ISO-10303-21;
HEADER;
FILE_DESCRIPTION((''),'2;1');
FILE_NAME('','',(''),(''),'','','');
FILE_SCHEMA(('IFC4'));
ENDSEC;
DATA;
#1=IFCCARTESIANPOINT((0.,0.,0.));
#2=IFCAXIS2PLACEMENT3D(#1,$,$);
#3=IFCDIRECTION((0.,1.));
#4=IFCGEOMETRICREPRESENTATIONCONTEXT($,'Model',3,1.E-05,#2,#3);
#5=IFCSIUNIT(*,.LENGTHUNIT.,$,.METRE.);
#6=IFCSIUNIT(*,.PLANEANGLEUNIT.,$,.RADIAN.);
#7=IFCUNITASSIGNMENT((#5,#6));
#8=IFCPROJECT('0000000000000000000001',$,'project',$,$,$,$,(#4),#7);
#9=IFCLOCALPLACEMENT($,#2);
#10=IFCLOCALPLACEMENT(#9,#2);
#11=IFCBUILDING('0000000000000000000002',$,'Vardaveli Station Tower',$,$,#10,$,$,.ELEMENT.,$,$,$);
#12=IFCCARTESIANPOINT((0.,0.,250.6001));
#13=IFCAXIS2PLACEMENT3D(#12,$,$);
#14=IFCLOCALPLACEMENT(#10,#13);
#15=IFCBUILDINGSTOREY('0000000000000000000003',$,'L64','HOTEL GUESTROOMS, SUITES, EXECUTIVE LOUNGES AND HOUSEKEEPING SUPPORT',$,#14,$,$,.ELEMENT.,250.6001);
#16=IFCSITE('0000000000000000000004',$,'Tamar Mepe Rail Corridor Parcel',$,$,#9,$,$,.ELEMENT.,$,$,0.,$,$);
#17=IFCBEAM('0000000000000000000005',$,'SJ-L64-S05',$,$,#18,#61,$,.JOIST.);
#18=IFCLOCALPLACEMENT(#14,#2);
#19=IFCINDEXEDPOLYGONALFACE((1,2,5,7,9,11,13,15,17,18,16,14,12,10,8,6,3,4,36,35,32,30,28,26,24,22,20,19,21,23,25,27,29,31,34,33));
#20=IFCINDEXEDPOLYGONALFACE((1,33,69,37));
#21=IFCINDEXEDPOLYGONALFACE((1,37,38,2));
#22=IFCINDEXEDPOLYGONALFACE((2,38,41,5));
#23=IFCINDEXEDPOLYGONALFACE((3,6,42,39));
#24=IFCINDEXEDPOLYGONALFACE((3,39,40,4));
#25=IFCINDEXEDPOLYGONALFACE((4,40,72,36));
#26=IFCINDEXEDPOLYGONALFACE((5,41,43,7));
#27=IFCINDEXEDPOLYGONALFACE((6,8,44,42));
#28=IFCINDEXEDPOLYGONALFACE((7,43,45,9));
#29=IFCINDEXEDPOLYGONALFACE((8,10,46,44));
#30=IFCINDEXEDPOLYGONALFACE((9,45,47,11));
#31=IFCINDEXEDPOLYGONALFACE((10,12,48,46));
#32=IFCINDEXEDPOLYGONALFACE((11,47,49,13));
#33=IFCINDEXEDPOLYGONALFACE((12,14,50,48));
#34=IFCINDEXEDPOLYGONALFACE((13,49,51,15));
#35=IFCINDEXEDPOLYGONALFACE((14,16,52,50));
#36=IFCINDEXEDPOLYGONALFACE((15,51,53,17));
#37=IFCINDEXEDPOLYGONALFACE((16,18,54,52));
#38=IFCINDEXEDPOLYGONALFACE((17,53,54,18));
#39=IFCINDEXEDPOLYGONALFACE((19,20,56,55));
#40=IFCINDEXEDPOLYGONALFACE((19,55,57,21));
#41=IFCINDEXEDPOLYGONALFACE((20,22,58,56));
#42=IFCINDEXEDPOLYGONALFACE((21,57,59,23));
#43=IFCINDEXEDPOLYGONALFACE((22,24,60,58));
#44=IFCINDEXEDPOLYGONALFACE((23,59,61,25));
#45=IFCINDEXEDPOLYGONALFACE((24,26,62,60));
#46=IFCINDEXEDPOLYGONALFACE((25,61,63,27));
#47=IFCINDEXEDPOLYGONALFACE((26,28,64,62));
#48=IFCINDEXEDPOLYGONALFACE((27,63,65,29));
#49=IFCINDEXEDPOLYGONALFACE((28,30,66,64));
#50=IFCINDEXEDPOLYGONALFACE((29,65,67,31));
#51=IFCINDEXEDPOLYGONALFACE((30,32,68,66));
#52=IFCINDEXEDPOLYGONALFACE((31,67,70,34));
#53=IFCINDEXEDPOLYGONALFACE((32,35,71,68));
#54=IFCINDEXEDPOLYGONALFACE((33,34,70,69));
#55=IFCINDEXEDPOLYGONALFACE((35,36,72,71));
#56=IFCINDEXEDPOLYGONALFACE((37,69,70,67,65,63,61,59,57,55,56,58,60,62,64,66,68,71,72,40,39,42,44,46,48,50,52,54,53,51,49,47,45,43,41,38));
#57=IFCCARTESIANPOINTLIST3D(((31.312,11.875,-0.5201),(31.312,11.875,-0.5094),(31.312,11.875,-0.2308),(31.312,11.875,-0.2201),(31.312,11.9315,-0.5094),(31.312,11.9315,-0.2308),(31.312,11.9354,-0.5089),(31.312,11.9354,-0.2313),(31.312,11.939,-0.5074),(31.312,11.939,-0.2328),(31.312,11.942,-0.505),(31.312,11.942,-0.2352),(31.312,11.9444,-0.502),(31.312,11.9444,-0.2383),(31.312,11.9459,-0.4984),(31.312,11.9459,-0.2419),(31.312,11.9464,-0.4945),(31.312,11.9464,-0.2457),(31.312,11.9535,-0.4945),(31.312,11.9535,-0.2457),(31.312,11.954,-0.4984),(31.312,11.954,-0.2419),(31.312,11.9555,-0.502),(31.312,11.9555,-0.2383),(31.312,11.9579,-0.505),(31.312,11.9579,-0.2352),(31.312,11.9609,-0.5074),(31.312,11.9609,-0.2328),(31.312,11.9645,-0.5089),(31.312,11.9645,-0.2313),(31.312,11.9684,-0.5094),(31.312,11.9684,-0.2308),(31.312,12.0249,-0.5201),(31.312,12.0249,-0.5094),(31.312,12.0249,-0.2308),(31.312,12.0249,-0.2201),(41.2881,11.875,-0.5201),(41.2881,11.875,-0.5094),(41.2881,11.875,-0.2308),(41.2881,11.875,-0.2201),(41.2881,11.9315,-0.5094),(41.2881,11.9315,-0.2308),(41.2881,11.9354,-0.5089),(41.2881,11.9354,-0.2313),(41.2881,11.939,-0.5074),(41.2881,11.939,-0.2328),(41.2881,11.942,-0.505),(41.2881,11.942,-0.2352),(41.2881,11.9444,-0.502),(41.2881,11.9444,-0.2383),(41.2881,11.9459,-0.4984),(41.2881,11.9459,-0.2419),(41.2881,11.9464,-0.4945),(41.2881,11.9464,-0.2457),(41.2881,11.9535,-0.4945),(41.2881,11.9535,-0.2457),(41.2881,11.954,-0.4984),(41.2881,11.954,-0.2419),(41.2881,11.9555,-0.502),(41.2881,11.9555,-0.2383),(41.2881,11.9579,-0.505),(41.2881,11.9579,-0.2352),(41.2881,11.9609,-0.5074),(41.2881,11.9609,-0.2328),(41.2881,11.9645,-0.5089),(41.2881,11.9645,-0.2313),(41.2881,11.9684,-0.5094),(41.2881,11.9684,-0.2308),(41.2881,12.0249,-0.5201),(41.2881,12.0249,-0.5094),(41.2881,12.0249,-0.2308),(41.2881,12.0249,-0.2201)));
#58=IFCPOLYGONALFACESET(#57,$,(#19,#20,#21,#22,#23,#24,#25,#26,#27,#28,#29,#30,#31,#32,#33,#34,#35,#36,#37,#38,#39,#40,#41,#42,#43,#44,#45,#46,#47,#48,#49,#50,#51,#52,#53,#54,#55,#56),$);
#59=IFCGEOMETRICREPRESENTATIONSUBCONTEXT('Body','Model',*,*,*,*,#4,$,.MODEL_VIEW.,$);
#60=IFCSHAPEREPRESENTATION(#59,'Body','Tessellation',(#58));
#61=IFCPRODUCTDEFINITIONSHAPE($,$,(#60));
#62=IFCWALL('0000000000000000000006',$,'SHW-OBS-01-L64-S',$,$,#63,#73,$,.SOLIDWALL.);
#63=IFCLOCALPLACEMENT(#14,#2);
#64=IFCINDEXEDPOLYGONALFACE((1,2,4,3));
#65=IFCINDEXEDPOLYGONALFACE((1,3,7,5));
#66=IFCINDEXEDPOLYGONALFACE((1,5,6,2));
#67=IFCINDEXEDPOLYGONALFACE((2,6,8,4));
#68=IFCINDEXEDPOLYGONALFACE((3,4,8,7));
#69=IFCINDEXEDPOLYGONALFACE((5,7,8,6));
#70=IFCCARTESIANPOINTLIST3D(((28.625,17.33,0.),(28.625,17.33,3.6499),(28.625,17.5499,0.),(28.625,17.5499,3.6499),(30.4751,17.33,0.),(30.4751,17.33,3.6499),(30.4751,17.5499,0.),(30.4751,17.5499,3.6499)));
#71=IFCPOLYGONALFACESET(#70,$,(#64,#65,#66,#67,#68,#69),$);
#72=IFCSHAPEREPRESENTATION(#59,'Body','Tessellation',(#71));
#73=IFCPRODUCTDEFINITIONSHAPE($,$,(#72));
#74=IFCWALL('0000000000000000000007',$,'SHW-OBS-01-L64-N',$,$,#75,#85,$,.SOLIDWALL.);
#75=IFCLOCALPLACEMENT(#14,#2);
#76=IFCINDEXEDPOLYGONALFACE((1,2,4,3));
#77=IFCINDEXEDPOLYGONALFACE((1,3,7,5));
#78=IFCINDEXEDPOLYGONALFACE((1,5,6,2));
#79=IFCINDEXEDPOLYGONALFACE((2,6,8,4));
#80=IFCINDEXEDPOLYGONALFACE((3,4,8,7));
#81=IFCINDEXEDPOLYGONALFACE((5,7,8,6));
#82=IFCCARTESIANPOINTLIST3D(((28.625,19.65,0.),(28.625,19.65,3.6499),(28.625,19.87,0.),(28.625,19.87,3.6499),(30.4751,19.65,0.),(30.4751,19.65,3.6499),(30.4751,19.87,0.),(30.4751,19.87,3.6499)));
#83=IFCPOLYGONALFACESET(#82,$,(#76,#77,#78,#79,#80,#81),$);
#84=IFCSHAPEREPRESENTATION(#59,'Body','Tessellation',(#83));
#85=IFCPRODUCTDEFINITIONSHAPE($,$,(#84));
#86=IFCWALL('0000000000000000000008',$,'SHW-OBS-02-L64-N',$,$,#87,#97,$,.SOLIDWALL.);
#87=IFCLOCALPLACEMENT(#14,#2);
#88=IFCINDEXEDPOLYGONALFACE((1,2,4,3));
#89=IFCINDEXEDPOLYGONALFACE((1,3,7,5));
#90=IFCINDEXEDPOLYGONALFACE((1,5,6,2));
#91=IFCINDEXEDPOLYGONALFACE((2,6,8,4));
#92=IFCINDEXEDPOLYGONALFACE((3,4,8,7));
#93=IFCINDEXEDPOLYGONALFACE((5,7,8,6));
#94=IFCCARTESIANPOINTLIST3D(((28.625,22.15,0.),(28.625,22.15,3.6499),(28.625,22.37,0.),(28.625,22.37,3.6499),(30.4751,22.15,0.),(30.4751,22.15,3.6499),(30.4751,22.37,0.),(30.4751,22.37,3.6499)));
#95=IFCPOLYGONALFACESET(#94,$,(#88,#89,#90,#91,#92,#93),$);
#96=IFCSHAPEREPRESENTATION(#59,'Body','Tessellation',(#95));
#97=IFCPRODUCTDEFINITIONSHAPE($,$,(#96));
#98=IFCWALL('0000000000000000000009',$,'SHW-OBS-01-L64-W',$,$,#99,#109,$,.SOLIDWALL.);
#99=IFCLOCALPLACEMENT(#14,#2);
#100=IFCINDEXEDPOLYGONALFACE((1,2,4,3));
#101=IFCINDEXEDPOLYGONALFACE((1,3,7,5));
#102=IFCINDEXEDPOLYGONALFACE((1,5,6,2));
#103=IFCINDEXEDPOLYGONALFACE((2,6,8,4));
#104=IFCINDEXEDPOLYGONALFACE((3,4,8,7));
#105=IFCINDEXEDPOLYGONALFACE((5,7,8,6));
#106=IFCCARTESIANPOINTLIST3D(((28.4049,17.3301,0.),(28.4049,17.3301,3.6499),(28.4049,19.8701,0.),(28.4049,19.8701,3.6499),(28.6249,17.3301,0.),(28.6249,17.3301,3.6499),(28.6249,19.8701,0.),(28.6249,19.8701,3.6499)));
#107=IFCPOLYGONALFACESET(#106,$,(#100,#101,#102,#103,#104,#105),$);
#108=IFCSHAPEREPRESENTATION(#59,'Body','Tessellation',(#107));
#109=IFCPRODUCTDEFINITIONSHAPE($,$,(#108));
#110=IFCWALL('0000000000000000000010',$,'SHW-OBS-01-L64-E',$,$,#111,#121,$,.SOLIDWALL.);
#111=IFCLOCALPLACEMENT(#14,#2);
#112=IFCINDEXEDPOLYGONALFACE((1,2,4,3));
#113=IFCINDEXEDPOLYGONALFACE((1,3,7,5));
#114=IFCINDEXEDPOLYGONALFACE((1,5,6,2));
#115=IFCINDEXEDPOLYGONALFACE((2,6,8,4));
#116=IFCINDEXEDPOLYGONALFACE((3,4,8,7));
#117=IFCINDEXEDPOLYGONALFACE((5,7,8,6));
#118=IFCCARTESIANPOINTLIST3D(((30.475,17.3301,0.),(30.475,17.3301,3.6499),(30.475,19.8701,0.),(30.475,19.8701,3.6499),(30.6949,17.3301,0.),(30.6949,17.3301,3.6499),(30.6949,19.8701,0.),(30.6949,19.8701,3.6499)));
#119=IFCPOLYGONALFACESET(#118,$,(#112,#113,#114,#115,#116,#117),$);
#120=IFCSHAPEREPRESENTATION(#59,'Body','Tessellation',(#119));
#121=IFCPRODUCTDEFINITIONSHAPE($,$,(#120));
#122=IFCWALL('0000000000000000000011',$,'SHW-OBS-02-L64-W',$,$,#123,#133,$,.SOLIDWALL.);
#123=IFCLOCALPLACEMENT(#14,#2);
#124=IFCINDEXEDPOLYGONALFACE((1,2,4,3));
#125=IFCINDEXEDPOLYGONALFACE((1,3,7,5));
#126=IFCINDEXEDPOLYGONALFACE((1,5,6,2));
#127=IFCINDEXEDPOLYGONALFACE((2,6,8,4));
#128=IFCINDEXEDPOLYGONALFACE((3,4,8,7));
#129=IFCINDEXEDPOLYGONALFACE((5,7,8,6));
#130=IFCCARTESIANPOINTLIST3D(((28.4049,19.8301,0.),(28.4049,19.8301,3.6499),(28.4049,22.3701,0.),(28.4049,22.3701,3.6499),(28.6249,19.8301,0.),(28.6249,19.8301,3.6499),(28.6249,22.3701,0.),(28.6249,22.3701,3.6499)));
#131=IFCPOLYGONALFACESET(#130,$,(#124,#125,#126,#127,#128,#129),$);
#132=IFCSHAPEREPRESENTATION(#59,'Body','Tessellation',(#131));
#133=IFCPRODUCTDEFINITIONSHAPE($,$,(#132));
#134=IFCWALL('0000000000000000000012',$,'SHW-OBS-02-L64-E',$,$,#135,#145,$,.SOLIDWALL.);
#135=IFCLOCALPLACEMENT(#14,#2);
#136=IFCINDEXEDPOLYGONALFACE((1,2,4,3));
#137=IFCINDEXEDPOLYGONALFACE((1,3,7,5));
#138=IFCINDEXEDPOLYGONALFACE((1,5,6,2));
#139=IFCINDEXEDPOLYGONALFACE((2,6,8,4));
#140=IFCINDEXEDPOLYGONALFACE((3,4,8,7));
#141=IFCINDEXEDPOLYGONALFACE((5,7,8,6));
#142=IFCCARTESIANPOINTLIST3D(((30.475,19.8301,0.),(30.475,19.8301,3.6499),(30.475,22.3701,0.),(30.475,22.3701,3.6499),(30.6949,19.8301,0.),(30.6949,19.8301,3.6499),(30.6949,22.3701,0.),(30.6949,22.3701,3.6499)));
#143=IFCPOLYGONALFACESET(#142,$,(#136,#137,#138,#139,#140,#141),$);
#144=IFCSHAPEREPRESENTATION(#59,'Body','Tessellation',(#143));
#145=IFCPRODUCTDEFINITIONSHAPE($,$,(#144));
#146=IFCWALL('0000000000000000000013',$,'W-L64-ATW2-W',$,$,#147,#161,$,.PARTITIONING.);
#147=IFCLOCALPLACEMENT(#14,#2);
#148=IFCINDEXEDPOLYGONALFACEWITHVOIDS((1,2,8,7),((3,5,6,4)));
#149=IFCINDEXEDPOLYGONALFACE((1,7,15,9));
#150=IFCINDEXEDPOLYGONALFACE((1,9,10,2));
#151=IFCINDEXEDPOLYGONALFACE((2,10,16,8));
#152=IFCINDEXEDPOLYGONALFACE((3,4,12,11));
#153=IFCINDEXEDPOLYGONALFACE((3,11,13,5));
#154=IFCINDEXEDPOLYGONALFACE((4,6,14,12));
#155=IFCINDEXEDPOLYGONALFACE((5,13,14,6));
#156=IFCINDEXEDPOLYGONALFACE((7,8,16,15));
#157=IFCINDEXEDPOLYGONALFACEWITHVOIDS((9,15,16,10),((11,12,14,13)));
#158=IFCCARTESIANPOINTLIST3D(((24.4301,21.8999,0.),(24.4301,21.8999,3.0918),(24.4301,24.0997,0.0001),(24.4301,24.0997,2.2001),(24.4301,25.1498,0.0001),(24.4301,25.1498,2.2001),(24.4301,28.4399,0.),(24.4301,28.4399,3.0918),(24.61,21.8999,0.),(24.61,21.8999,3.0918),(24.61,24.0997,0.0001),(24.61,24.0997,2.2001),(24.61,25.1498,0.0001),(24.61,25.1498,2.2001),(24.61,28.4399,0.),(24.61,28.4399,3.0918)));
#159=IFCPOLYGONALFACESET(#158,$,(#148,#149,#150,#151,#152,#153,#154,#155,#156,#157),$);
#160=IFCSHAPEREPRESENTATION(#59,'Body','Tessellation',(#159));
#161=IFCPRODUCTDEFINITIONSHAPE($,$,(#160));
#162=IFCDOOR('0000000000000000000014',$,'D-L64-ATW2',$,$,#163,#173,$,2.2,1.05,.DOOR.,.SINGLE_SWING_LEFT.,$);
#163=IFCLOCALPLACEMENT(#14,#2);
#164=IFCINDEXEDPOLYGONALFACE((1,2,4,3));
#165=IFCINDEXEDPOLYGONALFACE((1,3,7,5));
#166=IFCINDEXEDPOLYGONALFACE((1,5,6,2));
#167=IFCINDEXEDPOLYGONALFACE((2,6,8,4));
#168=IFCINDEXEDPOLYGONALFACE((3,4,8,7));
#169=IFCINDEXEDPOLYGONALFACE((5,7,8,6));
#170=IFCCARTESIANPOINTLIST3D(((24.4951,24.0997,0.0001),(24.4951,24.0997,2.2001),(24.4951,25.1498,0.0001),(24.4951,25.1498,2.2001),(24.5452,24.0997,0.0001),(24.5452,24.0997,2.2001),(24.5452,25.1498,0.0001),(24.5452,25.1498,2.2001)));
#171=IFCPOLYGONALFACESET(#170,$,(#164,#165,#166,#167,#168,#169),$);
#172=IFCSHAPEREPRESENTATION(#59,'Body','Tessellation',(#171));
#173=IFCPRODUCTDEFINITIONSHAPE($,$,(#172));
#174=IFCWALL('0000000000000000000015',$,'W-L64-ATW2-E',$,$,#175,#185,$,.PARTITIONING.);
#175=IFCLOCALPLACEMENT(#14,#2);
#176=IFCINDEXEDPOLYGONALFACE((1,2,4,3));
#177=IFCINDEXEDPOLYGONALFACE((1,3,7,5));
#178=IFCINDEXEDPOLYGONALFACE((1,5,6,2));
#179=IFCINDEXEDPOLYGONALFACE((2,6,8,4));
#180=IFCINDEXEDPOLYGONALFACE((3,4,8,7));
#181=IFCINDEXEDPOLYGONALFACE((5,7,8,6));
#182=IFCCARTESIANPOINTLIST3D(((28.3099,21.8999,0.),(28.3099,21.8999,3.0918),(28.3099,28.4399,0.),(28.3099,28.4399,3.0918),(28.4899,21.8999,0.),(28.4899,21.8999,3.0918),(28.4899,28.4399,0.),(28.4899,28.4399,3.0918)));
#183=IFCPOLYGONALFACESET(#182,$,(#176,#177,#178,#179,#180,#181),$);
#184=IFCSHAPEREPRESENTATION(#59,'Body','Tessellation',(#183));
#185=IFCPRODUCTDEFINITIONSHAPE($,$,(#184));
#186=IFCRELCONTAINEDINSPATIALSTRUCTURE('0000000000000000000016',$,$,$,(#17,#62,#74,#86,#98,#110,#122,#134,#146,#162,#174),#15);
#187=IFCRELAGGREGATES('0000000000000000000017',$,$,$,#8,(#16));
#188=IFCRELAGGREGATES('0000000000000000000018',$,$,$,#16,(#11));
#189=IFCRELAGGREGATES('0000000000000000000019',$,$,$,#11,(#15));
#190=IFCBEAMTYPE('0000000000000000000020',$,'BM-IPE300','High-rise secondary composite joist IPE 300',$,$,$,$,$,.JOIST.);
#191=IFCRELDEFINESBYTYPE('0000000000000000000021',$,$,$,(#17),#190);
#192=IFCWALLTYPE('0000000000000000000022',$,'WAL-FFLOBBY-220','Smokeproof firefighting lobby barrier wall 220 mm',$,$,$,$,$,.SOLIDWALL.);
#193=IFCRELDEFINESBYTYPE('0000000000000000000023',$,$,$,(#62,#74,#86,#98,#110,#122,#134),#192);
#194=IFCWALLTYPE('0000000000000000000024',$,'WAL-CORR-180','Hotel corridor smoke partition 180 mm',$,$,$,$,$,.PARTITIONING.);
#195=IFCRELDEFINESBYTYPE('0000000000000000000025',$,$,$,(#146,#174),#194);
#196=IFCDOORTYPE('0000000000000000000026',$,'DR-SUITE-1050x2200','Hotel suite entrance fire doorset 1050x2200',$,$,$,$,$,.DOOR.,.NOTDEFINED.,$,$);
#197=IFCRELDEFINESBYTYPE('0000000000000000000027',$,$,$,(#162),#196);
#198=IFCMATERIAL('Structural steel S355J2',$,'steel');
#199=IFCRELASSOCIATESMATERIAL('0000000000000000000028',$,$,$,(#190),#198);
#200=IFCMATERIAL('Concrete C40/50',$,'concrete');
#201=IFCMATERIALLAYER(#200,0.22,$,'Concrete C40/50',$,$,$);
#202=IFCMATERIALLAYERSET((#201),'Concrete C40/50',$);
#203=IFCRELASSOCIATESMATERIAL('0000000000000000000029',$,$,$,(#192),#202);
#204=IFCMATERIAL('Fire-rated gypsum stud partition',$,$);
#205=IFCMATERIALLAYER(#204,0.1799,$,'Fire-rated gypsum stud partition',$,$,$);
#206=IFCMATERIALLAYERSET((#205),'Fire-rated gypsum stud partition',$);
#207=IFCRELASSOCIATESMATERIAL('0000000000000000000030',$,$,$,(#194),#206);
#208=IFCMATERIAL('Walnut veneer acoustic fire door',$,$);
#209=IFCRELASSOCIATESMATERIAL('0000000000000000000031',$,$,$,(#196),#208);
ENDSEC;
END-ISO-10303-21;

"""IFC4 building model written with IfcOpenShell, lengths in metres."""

from ifc_helpers import new_model, si_unit, direction, frame, frame_2d, origin, origin_2d, place, context, subcontext, project, spatial, rectangle, i_section, extrude, source, transform, mapped, material, layer, layer_set, material_profile, profile_set, type_object, element, fill, save


model = new_model("IFC4")

# Units and contexts
model_context = context("Model", 3, precision=1e-05, world=origin(), true_north=direction((0.0, 1.0)))
body_context = subcontext(model_context, "Body", "Model", "MODEL_VIEW")
ifc_project = project(units=[si_unit("LENGTHUNIT", "METRE"), si_unit("PLANEANGLEUNIT", "RADIAN")], contexts=[model_context])

# Site, building, storey
site_placement = place(None, origin())
site = spatial("IfcSite", under=ifc_project, at=site_placement, Name="Tamar Mepe Rail Corridor Parcel", CompositionType="ELEMENT", RefElevation=0.0)
building_placement = place(site_placement, origin())
building = spatial("IfcBuilding", under=site, at=building_placement, Name="Vardaveli Station Tower", CompositionType="ELEMENT")
storey_placement = place(building_placement, frame((0.0, 0.0, 250.6001)))
storey = spatial("IfcBuildingStorey", under=building, at=storey_placement, Name="L64", Description="HOTEL GUESTROOMS, SUITES, EXECUTIVE LOUNGES AND HOUSEKEEPING SUPPORT", CompositionType="ELEMENT", Elevation=250.6001)

# Beam
ifc_material_1 = material(Name="Structural steel S355J2", Category="steel")
ifc_material_profile_1 = material_profile(ifc_material_1, i_section(OverallWidth=0.1499, OverallDepth=0.3, WebThickness=0.0071, FlangeThickness=0.0107, FilletRadius=0.0149, at=origin_2d()), Name="IPE 300")
ifc_profile_set_1 = profile_set([ifc_material_profile_1], Name="Structural steel S355J2")
beam_type_1 = type_object("IfcBeamType", Name="BM-IPE300", Description="High-rise secondary composite joist IPE 300", PredefinedType="JOIST", material=ifc_profile_set_1)
shared_shape_1 = source(origin(), body_context, "Body", "SweptSolid", [
    extrude(i_section(OverallWidth=0.1499, OverallDepth=0.3, WebThickness=0.0071, FlangeThickness=0.0107, FilletRadius=0.0149, at=origin_2d()), origin(), (0.0, 0.0, 1.0), 9.9761),
])
beam_1_placement = place(storey_placement, frame((31.312, 11.95, -0.3701), z_axis=(1.0, 0.0, 0.0), x_axis=(0.0, 1.0, 0.0)))
element("IfcBeam", 1, at=beam_1_placement, inside=storey, type_object=beam_type_1, Name="SJ-L64-S05", PredefinedType="JOIST", context=body_context, shape_type="MappedRepresentation", body=[
    mapped(shared_shape_1, transform((0.0, 0.0, 0.0), scale=1.0)),
])

# Walls
ifc_material_2 = material(Name="Concrete C40/50", Category="concrete")
ifc_layer_1 = layer(ifc_material_2, 0.22, Name="Concrete C40/50")
ifc_layer_set_1 = layer_set([ifc_layer_1], Name="Concrete C40/50")
wall_type_1 = type_object("IfcWallType", Name="WAL-FFLOBBY-220", Description="Smokeproof firefighting lobby barrier wall 220 mm", PredefinedType="SOLIDWALL", material=ifc_layer_set_1)
shared_shape_2 = source(origin(), body_context, "Body", "SweptSolid", [
    extrude(rectangle(XDim=1.8501, YDim=0.22, at=frame_2d((0.925, 0.0))), origin(), (0.0, 0.0, 1.0), 3.6499),
])
for number, where, z_axis, x_axis, name in (
    (2, (28.625, 17.4399, 0.0), (0.0, 0.0, 1.0), (1.0, 0.0, 0.0), "SHW-OBS-01-L64-S"),
    (3, (28.625, 19.76, 0.0), (0.0, 0.0, 1.0), (1.0, 0.0, 0.0), "SHW-OBS-01-L64-N"),
    (4, (28.625, 22.26, 0.0), (0.0, 0.0, 1.0), (1.0, 0.0, 0.0), "SHW-OBS-02-L64-N"),
):
    element("IfcWall", number, at=place(storey_placement, frame(where, z_axis=z_axis, x_axis=x_axis)), inside=storey, type_object=wall_type_1, Name=name, PredefinedType="SOLIDWALL", context=body_context, shape_type="MappedRepresentation", body=[
        mapped(shared_shape_2, transform((0.0, 0.0, 0.0), scale=1.0)),
    ])
shared_shape_3 = source(origin(), body_context, "Body", "SweptSolid", [
    extrude(rectangle(XDim=2.54, YDim=0.22, at=frame_2d((1.27, 0.0))), origin(), (0.0, 0.0, 1.0), 3.6499),
])
for number, where, z_axis, x_axis, name in (
    (5, (28.5149, 17.3301, 0.0), (0.0, 0.0, 1.0), (0.0, 1.0, 0.0), "SHW-OBS-01-L64-W"),
    (6, (30.585, 17.3301, 0.0), (0.0, 0.0, 1.0), (0.0, 1.0, 0.0), "SHW-OBS-01-L64-E"),
    (7, (28.5149, 19.8301, 0.0), (0.0, 0.0, 1.0), (0.0, 1.0, 0.0), "SHW-OBS-02-L64-W"),
    (8, (30.585, 19.8301, 0.0), (0.0, 0.0, 1.0), (0.0, 1.0, 0.0), "SHW-OBS-02-L64-E"),
):
    element("IfcWall", number, at=place(storey_placement, frame(where, z_axis=z_axis, x_axis=x_axis)), inside=storey, type_object=wall_type_1, Name=name, PredefinedType="SOLIDWALL", context=body_context, shape_type="MappedRepresentation", body=[
        mapped(shared_shape_3, transform((0.0, 0.0, 0.0), scale=1.0)),
    ])

# Wall, opening, door
ifc_material_3 = material(Name="Fire-rated gypsum stud partition")
ifc_layer_2 = layer(ifc_material_3, 0.1799, Name="Fire-rated gypsum stud partition")
ifc_layer_set_2 = layer_set([ifc_layer_2], Name="Fire-rated gypsum stud partition")
wall_type_2 = type_object("IfcWallType", Name="WAL-CORR-180", Description="Hotel corridor smoke partition 180 mm", PredefinedType="PARTITIONING", material=ifc_layer_set_2)
shared_shape_4 = source(origin(), body_context, "Body", "SweptSolid", [
    extrude(rectangle(XDim=6.54, YDim=0.1799, at=frame_2d((3.27, 0.0))), origin(), (0.0, 0.0, 1.0), 3.0918),
])
wall_1_placement = place(storey_placement, frame((24.52, 21.8999, 0.0), z_axis=(0.0, 0.0, 1.0), x_axis=(0.0, 1.0, 0.0)))
wall_1 = element("IfcWall", 9, at=wall_1_placement, inside=storey, type_object=wall_type_2, Name="W-L64-ATW2-W", PredefinedType="PARTITIONING", context=body_context, shape_type="MappedRepresentation", body=[
    mapped(shared_shape_4, transform((0.0, 0.0, 0.0), scale=1.0)),
])
shared_shape_5 = source(origin(), body_context, "Body", "SweptSolid", [
    extrude(rectangle(XDim=1.05, YDim=2.2, at=frame_2d((0.5249, 1.1001))), frame((0.0, 0.1001, 0.0), z_axis=(0.0, -1.0, 0.0), x_axis=(1.0, 0.0, 0.0)), (0.0, 0.0, 1.0), 0.2),
])
opening_1_placement = place(wall_1_placement, frame((2.2, 0.0, 0.0)))
opening_1 = element("IfcOpeningElement", 10, at=opening_1_placement, cuts=wall_1, PredefinedType="OPENING", context=body_context, shape_type="MappedRepresentation", body=[
    mapped(shared_shape_5, transform((0.0, 0.0, 0.0), scale=1.0)),
])
ifc_material_4 = material(Name="Walnut veneer acoustic fire door")
door_type_1 = type_object("IfcDoorType", Name="DR-SUITE-1050x2200", Description="Hotel suite entrance fire doorset 1050x2200", OperationType="NOTDEFINED", PredefinedType="DOOR", material=ifc_material_4)
shared_shape_6 = source(origin(), body_context, "Body", "SweptSolid", [
    extrude(rectangle(XDim=1.05, YDim=2.2, at=frame_2d((0.5249, 1.1001))), frame((0.0, 0.0249, 0.0), z_axis=(0.0, -1.0, 0.0), x_axis=(1.0, 0.0, 0.0)), (0.0, 0.0, 1.0), 0.05),
])
door_1_placement = place(opening_1_placement, origin())
door_1 = element("IfcDoor", 11, at=door_1_placement, inside=storey, type_object=door_type_1, Name="D-L64-ATW2", OperationType="SINGLE_SWING_LEFT", OverallHeight=2.2, OverallWidth=1.05, PredefinedType="DOOR", context=body_context, shape_type="MappedRepresentation", body=[
    mapped(shared_shape_6, transform((0.0, 0.0, 0.0), scale=1.0)),
])
fill(opening_1, door_1)

# Wall
wall_2_placement = place(storey_placement, frame((28.3999, 21.8999, 0.0), z_axis=(0.0, 0.0, 1.0), x_axis=(0.0, 1.0, 0.0)))
element("IfcWall", 12, at=wall_2_placement, inside=storey, type_object=wall_type_2, Name="W-L64-ATW2-E", PredefinedType="PARTITIONING", context=body_context, shape_type="MappedRepresentation", body=[
    mapped(shared_shape_4, transform((0.0, 0.0, 0.0), scale=1.0)),
])

save(model, "model.ifc")
